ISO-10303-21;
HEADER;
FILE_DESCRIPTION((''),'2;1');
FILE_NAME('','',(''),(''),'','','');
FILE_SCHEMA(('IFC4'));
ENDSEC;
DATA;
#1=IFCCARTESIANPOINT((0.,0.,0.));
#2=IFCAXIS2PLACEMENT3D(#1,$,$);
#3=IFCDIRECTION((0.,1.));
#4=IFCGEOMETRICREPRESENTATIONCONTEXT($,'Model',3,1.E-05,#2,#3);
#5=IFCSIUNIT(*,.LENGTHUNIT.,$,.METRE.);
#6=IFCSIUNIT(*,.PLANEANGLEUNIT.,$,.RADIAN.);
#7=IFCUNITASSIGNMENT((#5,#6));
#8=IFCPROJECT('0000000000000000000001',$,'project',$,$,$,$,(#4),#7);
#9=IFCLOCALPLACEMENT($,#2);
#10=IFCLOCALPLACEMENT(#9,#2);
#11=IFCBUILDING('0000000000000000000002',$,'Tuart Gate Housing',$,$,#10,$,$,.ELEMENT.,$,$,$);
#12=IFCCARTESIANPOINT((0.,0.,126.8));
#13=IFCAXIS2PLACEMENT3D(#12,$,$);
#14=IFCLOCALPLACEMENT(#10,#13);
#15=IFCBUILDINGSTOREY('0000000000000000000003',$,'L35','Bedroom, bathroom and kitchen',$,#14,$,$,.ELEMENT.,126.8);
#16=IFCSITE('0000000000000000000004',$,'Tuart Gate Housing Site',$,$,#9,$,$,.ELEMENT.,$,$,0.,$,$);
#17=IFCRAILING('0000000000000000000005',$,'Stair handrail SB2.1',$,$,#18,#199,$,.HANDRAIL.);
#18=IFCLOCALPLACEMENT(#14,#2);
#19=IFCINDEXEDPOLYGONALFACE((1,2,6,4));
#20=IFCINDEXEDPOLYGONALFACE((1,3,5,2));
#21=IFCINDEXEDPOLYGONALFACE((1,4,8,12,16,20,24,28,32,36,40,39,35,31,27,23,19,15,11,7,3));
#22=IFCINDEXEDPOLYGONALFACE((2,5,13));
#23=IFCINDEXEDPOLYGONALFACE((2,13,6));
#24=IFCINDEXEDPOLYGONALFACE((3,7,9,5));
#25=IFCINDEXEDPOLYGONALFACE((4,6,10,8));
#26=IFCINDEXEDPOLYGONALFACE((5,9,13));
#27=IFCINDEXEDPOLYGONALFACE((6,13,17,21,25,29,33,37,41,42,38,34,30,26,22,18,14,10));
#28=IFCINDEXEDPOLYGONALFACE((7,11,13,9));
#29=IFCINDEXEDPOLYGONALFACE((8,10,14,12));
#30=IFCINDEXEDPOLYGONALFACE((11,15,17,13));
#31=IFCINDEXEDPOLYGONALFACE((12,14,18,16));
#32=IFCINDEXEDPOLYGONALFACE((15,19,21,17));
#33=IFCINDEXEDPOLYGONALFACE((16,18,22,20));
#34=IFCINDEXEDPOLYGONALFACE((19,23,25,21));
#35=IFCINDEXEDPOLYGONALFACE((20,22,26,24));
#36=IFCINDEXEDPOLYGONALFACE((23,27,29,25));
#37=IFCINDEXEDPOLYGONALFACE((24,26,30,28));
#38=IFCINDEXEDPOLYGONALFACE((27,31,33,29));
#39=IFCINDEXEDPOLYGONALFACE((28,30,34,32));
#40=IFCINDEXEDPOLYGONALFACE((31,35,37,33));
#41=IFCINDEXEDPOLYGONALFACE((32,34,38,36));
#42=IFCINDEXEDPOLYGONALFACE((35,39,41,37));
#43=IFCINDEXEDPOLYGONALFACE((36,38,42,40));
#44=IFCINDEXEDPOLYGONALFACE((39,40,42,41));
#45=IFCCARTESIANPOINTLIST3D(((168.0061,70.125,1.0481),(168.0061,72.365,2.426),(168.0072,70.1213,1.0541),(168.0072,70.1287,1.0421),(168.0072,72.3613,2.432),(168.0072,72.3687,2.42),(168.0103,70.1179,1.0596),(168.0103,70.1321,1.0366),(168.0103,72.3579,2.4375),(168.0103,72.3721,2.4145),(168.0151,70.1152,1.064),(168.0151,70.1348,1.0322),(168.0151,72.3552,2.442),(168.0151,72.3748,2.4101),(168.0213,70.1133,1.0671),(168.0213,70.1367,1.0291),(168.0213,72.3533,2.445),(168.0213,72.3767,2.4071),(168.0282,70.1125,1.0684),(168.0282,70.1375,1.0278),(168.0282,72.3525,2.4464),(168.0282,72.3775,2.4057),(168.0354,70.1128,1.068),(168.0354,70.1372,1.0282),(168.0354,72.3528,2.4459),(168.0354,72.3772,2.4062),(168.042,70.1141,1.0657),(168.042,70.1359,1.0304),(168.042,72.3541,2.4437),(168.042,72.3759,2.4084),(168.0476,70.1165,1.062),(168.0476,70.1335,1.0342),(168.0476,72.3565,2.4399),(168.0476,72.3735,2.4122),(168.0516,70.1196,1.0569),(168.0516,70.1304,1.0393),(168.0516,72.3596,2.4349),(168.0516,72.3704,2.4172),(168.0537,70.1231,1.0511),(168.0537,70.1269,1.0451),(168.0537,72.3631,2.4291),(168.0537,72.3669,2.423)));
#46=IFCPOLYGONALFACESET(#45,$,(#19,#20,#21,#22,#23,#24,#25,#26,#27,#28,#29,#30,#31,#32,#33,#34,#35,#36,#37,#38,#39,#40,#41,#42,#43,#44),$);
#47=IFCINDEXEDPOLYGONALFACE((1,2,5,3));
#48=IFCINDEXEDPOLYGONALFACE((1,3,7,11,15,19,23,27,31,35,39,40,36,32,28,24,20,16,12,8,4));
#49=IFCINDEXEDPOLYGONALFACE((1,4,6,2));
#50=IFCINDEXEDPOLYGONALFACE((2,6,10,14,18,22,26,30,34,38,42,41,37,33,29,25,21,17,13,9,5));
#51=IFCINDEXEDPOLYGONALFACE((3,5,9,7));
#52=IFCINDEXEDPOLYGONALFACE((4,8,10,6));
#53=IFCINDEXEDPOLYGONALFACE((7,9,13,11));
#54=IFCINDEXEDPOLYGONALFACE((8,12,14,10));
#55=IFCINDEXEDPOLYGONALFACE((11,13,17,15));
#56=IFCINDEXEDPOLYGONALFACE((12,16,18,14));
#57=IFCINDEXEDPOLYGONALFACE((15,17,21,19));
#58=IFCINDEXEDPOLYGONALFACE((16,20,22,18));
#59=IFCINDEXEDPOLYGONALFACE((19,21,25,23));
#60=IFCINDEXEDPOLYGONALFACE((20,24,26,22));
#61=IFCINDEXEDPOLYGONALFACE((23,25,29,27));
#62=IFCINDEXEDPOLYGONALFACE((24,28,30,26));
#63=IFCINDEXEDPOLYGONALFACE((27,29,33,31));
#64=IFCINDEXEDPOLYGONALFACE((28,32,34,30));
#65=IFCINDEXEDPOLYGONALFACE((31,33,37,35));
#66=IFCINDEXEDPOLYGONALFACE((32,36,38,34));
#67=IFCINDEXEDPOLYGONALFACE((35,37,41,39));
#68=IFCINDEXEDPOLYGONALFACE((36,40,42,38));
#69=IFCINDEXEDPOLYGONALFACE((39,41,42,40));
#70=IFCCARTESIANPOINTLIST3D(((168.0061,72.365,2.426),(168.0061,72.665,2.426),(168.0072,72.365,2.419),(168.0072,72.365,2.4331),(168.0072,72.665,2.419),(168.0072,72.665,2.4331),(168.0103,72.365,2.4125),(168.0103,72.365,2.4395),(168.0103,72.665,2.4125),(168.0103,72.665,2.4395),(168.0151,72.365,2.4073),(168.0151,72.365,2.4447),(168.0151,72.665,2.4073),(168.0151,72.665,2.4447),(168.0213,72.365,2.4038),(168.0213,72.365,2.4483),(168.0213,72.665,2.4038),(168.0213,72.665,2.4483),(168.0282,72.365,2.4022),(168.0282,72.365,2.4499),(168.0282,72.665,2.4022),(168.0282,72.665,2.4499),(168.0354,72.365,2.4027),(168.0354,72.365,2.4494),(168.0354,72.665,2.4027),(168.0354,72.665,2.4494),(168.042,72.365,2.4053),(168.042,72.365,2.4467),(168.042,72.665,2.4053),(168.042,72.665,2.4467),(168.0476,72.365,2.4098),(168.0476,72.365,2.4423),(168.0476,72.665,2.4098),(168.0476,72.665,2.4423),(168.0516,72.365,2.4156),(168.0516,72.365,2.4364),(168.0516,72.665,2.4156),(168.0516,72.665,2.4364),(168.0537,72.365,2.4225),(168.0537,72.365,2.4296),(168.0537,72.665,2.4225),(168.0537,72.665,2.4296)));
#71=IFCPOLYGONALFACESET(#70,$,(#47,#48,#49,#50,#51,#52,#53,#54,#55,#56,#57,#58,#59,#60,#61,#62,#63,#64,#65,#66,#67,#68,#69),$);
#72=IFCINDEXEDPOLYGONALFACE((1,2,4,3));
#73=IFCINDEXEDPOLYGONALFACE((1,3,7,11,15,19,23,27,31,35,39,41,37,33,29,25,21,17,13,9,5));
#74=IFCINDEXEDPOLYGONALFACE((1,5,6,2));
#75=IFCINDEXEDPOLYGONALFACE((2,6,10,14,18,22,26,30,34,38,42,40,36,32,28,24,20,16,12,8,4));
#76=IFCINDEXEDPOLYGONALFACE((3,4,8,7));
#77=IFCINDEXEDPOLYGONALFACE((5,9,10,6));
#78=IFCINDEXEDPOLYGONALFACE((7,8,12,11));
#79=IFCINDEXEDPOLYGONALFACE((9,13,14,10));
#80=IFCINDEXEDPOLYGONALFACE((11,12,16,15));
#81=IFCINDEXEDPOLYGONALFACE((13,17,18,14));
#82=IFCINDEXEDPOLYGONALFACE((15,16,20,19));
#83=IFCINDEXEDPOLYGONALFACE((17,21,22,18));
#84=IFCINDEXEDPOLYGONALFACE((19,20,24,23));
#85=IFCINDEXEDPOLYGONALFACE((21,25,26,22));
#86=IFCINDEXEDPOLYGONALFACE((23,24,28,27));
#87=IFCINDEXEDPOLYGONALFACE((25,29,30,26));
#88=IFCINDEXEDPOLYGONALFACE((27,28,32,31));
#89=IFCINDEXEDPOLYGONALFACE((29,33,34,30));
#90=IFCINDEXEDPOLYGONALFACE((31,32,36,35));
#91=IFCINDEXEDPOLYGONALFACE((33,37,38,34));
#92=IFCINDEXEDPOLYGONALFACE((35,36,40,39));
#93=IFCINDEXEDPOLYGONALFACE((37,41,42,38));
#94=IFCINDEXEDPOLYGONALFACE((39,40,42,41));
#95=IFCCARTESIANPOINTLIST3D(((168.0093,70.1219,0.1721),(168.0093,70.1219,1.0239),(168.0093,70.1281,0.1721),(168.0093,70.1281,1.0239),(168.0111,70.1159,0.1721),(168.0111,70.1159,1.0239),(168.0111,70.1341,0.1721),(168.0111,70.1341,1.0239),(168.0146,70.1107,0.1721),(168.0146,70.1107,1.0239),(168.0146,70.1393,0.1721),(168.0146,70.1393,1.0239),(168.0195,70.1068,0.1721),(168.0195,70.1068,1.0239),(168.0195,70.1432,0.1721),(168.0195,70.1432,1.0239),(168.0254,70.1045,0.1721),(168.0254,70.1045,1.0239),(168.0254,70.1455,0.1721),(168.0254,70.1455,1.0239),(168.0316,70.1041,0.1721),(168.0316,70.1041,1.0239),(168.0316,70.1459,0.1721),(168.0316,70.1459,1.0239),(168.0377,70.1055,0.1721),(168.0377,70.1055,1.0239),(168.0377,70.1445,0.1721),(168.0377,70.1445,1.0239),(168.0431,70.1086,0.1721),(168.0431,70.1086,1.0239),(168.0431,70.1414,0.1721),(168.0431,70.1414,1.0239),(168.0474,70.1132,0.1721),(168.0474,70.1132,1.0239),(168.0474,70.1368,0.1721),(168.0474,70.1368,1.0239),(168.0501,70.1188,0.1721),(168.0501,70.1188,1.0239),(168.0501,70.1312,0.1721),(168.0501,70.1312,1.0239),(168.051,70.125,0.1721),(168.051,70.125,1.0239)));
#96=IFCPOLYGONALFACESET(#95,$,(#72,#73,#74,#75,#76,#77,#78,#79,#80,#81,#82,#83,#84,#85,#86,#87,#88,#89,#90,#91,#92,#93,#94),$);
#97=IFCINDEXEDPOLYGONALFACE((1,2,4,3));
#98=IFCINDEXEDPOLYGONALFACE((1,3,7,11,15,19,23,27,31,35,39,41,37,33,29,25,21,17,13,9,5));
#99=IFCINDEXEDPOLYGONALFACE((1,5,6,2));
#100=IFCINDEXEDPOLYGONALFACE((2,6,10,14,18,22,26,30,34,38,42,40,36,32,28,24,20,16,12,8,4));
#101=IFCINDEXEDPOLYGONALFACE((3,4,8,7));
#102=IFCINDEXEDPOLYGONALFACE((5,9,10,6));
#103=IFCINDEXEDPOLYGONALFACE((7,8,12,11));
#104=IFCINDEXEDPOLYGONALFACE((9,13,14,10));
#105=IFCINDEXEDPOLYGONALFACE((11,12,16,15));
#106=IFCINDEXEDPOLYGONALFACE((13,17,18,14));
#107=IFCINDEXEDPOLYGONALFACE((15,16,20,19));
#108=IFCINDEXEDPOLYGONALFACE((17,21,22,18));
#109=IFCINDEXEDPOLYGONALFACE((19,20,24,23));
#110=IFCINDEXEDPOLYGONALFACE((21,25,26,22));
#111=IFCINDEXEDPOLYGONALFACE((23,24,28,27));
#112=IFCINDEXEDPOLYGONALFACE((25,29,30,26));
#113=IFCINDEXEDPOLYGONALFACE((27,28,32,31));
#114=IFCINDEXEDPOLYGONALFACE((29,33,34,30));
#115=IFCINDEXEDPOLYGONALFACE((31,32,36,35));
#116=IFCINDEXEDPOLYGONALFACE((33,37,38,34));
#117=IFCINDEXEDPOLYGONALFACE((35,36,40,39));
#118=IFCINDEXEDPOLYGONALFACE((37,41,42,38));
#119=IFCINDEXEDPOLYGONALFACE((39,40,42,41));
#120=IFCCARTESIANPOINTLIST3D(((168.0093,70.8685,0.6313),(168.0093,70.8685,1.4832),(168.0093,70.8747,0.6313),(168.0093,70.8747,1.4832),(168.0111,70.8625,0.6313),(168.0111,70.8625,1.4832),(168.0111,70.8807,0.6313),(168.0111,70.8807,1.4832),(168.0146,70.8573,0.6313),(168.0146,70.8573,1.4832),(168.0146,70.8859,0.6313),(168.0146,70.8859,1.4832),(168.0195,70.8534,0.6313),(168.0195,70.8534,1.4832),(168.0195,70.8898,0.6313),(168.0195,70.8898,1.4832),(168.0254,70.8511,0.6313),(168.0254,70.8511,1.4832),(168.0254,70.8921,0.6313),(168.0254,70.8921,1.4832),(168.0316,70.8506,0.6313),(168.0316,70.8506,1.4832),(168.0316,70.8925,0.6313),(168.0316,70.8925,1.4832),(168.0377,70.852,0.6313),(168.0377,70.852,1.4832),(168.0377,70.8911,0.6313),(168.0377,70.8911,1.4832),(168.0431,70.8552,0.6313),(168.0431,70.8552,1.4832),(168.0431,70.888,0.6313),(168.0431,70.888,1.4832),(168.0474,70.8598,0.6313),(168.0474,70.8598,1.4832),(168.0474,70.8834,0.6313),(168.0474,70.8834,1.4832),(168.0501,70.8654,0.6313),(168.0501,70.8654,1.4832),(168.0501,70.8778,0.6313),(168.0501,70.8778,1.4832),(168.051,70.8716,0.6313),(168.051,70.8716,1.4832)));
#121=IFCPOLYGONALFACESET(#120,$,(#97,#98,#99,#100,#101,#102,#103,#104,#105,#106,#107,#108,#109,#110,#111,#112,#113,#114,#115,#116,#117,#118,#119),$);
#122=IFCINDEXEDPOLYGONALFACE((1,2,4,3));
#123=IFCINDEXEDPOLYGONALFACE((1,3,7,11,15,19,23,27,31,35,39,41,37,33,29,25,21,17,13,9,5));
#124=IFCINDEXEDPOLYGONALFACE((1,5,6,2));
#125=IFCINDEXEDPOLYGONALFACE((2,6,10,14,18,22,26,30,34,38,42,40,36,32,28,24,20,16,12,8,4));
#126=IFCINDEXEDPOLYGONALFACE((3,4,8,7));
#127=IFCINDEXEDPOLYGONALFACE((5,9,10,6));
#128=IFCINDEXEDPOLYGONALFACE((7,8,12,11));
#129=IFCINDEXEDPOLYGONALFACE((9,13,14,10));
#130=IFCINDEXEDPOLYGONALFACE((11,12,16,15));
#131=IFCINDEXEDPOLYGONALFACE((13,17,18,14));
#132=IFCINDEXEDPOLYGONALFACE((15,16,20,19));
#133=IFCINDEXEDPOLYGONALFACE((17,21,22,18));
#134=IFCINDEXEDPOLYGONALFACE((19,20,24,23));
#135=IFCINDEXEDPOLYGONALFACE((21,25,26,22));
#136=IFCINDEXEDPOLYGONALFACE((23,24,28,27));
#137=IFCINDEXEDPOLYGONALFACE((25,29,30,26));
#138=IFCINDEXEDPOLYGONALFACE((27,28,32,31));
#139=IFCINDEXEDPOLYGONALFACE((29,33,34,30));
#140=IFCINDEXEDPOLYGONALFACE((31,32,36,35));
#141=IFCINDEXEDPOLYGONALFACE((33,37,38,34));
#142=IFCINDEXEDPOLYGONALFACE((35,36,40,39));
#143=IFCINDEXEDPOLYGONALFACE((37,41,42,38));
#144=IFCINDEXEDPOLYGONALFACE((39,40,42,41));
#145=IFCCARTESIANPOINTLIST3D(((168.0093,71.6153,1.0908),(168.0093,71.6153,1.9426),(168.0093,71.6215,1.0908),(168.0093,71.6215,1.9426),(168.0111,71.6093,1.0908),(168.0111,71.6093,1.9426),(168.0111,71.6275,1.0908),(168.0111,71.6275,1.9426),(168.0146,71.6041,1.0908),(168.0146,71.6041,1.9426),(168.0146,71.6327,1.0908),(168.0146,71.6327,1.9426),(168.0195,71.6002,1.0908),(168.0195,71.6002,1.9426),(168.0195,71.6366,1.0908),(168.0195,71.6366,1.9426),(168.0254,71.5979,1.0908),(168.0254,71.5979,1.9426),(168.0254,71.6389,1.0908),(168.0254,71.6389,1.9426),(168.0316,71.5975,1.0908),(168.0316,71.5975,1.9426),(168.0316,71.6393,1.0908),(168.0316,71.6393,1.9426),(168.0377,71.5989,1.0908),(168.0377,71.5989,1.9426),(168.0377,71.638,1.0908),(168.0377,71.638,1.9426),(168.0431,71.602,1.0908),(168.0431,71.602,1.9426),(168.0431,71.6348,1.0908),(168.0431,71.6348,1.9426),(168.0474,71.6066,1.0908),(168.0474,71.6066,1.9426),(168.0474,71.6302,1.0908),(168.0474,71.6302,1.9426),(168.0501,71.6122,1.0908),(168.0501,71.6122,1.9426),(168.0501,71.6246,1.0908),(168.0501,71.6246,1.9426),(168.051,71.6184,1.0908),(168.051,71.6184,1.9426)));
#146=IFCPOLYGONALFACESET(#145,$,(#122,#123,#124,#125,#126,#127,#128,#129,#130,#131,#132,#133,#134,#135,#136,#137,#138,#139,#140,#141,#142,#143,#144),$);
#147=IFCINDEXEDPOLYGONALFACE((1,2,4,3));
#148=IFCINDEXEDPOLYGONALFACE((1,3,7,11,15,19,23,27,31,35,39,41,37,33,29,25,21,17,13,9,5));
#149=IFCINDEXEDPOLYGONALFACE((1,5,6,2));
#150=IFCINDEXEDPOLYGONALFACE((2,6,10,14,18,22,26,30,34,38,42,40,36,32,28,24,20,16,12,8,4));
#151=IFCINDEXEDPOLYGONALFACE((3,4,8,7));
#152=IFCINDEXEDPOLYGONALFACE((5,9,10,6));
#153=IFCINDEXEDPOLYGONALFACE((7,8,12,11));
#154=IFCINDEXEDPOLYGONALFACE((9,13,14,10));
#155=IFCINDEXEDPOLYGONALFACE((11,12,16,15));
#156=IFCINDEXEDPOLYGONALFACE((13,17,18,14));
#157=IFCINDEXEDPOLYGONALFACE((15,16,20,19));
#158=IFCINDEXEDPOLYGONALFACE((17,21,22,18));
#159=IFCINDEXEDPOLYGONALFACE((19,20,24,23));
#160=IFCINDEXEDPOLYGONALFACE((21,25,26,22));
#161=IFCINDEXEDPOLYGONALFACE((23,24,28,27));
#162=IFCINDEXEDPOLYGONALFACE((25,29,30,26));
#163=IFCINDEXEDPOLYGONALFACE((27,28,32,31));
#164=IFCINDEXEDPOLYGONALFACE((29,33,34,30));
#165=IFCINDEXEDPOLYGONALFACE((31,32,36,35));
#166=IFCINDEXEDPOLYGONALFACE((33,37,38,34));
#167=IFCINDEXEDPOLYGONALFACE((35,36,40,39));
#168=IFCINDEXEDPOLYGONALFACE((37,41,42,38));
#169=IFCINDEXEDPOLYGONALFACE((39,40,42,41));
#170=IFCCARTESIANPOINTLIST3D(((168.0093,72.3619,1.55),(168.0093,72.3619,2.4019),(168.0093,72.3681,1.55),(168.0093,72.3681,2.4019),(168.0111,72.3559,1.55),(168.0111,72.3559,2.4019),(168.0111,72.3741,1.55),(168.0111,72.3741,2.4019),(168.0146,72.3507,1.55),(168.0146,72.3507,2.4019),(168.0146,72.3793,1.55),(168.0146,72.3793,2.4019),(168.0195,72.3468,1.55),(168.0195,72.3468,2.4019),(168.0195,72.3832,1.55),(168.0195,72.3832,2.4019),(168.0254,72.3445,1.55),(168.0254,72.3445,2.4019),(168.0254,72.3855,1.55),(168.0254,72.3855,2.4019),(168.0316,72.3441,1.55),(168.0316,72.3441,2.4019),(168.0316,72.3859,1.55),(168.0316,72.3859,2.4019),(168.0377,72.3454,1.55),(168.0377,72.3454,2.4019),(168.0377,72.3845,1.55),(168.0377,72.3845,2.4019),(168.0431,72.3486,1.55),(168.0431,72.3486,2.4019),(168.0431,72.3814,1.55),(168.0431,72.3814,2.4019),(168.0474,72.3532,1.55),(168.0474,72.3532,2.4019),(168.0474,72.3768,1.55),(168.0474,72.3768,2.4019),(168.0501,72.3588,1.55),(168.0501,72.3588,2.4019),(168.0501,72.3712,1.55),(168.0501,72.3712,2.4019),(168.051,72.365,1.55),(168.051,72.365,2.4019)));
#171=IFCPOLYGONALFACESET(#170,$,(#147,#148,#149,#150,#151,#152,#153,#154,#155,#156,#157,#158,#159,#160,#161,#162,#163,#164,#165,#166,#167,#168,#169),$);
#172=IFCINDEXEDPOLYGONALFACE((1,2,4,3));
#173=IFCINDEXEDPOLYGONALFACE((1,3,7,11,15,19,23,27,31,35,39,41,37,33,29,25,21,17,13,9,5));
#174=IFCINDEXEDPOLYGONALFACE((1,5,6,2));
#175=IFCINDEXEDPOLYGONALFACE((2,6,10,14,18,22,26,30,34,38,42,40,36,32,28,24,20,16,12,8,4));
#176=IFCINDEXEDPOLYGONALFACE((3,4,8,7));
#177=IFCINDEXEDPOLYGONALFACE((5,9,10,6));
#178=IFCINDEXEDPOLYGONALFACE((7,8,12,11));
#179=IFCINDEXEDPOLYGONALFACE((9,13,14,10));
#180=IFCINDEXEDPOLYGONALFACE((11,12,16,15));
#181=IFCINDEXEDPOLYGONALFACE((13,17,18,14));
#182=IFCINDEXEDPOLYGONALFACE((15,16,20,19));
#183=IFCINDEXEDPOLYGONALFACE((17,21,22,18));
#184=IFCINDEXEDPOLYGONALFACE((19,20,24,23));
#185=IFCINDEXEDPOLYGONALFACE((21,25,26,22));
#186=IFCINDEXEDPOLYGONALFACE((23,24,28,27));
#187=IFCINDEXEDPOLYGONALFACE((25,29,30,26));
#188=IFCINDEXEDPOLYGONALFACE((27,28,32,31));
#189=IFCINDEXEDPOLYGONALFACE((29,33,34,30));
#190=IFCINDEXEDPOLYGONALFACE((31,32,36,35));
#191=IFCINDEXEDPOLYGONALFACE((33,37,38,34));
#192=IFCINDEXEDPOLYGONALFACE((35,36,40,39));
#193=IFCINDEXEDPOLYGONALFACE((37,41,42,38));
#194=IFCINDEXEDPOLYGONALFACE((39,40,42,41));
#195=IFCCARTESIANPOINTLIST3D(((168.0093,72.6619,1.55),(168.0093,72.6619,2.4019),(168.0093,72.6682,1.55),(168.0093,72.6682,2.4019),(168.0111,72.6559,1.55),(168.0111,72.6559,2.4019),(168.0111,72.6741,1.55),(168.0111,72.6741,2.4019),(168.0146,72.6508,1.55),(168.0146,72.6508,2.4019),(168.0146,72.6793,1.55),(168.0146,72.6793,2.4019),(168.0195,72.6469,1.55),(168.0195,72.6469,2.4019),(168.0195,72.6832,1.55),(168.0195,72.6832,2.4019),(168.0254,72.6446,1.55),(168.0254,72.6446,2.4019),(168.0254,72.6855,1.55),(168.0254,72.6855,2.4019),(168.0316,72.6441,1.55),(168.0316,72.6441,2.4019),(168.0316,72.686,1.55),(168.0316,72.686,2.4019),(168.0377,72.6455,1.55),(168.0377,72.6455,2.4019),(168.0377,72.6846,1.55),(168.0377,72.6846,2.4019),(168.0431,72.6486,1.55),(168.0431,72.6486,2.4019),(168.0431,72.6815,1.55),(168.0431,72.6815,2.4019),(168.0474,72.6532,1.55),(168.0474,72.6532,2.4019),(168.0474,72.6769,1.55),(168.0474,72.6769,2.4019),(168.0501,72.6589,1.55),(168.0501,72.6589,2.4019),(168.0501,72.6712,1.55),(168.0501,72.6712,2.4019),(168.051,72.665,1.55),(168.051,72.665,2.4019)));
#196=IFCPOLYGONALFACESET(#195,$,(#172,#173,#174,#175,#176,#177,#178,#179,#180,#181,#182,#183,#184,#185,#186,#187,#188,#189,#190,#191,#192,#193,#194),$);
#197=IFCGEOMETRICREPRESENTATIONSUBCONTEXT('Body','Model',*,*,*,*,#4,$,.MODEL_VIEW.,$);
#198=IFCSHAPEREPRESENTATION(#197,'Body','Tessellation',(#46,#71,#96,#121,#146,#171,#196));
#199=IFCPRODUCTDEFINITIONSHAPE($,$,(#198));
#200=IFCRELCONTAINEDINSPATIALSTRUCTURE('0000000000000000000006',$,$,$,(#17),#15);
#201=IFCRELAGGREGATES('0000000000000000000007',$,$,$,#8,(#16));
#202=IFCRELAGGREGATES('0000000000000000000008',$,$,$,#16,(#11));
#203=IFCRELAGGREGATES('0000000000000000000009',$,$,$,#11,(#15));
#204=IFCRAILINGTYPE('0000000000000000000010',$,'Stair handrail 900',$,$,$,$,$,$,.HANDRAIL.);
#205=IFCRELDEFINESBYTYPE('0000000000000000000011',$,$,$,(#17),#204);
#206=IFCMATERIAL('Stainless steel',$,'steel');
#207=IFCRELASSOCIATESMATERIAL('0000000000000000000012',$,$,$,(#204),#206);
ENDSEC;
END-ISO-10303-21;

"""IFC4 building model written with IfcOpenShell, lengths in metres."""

from ifc_helpers import new_model, si_unit, direction, frame, origin, origin_2d, place, context, subcontext, project, spatial, circle, extrude, material, type_object, element, save


model = new_model("IFC4")

# Units and contexts
model_context = context("Model", 3, precision=1e-05, world=origin(), true_north=direction((0.0, 1.0)))
body_context = subcontext(model_context, "Body", "Model", "MODEL_VIEW")
ifc_project = project(units=[si_unit("LENGTHUNIT", "METRE"), si_unit("PLANEANGLEUNIT", "RADIAN")], contexts=[model_context])

# Site, building, storey
site_placement = place(None, origin())
site = spatial("IfcSite", under=ifc_project, at=site_placement, Name="Tuart Gate Housing Site", CompositionType="ELEMENT", RefElevation=0.0)
building_placement = place(site_placement, origin())
building = spatial("IfcBuilding", under=site, at=building_placement, Name="Tuart Gate Housing", CompositionType="ELEMENT")
storey_placement = place(building_placement, frame((0.0, 0.0, 126.8)))
storey = spatial("IfcBuildingStorey", under=building, at=storey_placement, Name="L35", Description="Bedroom, bathroom and kitchen", CompositionType="ELEMENT", Elevation=126.8)

# Railing
ifc_material_1 = material(Name="Stainless steel", Category="steel")
railing_type = type_object("IfcRailingType", Name="Stair handrail 900", PredefinedType="HANDRAIL", material=ifc_material_1)
railing_placement = place(storey_placement, frame((168.03, 70.125, 0.1721)))
element("IfcRailing", 1, at=railing_placement, inside=storey, type_object=railing_type, Name="Stair handrail SB2.1", PredefinedType="HANDRAIL", context=body_context, shape_type="SweptSolid", body=[
    extrude(circle(Radius=0.0239, at=origin_2d()), frame((0.0, 0.0, 0.876), z_axis=(0.0, 0.851748, 0.523952), x_axis=(-1.0, 0.0, 0.0)), (0.0, 0.0, 1.0), 2.6299),
    extrude(circle(Radius=0.0239, at=origin_2d()), frame((0.0, 2.24, 2.2539), z_axis=(0.0, 1.0, 0.0), x_axis=(-1.0, 0.0, 0.0)), (0.0, 0.0, 1.0), 0.3),
    extrude(circle(Radius=0.021, at=origin_2d()), origin(), (0.0, 0.0, 1.0), 0.8518),
    extrude(circle(Radius=0.021, at=origin_2d()), frame((0.0, 0.7466, 0.4592)), (0.0, 0.0, 1.0), 0.8518),
    extrude(circle(Radius=0.021, at=origin_2d()), frame((0.0, 1.4934, 0.9187)), (0.0, 0.0, 1.0), 0.8518),
    extrude(circle(Radius=0.021, at=origin_2d()), frame((0.0, 2.24, 1.3779)), (0.0, 0.0, 1.0), 0.8518),
    extrude(circle(Radius=0.021, at=origin_2d()), frame((0.0, 2.54, 1.3779)), (0.0, 0.0, 1.0), 0.8518),
])

save(model, "model.ifc")
